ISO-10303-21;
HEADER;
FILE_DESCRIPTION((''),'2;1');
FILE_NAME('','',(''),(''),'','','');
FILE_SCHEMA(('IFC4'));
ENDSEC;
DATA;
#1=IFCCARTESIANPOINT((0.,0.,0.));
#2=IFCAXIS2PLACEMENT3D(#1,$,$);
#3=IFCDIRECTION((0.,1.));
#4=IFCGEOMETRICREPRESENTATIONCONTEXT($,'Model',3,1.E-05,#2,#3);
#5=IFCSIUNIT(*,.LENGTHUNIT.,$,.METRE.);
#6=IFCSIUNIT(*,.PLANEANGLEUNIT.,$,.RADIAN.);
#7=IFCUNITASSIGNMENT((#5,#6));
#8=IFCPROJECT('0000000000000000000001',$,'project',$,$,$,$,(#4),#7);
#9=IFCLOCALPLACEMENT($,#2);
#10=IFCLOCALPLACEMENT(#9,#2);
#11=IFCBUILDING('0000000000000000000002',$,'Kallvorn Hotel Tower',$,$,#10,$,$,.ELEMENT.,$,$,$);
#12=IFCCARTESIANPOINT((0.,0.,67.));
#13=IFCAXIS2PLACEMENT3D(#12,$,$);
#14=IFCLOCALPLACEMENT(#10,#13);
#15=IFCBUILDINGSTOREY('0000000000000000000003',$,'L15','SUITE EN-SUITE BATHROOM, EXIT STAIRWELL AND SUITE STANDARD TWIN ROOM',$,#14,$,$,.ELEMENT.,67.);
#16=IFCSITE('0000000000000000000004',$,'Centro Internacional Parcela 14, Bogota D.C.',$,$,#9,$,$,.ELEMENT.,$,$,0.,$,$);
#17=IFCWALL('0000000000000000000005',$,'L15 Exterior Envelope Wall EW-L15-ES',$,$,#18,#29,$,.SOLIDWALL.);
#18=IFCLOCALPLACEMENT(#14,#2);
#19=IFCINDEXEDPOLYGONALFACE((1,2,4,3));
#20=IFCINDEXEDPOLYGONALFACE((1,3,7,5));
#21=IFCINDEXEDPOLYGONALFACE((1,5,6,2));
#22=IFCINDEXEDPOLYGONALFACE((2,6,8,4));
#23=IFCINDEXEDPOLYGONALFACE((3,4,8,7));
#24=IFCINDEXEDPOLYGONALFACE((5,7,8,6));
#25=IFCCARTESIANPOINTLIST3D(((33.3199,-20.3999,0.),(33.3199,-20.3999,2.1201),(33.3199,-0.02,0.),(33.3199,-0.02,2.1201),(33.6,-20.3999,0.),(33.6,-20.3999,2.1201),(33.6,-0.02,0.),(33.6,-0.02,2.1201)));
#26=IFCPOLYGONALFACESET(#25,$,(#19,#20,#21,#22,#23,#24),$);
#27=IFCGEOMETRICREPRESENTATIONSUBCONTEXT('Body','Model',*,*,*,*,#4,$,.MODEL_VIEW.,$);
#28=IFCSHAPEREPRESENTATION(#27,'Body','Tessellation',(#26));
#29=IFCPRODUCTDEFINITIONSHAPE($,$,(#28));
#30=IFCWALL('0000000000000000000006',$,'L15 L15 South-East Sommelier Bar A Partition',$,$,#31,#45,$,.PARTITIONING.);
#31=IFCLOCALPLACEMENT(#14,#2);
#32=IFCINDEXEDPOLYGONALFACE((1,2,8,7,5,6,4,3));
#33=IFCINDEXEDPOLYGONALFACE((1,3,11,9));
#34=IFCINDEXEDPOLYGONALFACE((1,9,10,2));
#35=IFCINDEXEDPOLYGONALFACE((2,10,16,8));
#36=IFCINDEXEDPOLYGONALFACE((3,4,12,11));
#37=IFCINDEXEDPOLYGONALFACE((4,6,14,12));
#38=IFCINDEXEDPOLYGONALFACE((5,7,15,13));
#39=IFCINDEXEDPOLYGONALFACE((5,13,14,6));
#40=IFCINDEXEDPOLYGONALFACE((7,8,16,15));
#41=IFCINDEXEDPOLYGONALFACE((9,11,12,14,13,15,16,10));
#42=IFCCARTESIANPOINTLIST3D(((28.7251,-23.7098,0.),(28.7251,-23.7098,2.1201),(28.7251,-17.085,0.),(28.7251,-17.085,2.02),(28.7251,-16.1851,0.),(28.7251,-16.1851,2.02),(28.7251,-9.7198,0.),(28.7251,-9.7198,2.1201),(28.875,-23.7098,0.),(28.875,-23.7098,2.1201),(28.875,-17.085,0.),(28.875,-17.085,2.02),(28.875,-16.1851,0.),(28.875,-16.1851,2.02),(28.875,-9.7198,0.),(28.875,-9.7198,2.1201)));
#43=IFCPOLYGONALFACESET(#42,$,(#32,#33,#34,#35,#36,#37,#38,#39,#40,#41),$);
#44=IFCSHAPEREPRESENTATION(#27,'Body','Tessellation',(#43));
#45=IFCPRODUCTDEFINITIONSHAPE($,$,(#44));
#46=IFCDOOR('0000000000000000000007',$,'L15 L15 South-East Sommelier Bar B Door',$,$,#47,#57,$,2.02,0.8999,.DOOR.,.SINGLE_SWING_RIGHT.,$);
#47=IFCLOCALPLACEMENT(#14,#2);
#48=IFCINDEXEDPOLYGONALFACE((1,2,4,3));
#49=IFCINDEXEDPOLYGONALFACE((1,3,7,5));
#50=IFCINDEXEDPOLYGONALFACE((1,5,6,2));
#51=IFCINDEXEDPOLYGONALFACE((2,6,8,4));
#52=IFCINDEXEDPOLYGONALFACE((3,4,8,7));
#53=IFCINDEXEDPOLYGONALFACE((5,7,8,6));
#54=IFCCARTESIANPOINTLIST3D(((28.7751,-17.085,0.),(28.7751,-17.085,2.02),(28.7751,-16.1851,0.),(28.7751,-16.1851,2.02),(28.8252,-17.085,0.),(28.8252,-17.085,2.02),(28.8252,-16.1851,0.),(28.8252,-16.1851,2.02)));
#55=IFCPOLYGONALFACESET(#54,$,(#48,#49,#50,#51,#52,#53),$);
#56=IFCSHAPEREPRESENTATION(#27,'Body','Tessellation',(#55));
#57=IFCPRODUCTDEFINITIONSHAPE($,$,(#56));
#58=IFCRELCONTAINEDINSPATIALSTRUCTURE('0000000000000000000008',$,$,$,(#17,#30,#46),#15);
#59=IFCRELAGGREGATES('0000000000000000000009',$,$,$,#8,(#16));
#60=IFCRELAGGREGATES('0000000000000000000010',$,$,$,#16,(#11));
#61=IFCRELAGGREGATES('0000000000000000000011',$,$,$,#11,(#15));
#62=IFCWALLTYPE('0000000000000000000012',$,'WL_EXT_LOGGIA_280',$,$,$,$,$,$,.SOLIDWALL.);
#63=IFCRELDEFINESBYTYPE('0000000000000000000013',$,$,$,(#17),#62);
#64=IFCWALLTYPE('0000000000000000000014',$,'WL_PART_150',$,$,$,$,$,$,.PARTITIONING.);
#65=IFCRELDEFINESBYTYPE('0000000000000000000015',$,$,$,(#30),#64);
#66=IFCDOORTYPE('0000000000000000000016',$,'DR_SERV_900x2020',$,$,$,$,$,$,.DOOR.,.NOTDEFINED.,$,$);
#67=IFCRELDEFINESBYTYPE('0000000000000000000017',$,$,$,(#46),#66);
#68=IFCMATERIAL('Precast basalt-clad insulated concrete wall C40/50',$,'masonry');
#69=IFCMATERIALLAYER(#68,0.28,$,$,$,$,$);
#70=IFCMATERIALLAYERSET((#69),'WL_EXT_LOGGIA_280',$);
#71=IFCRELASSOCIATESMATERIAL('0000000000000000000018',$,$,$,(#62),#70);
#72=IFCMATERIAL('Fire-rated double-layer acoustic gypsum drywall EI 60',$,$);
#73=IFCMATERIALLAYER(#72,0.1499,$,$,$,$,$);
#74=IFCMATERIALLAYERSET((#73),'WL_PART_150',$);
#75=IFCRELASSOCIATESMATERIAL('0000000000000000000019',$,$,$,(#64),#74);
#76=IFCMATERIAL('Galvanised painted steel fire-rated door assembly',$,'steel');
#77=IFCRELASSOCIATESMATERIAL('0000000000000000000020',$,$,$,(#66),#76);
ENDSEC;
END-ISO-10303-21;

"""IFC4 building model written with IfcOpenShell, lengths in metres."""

from ifc_helpers import new_model, si_unit, direction, frame, frame_2d, origin, place, context, subcontext, project, spatial, rectangle, extrude, material, layer, layer_set, type_object, element, fill, save


model = new_model("IFC4")

# Units and contexts
model_context = context("Model", 3, precision=1e-05, world=origin(), true_north=direction((0.0, 1.0)))
body_context = subcontext(model_context, "Body", "Model", "MODEL_VIEW")
ifc_project = project(units=[si_unit("LENGTHUNIT", "METRE"), si_unit("PLANEANGLEUNIT", "RADIAN")], contexts=[model_context])

# Site, building, storey
site_placement = place(None, origin())
site = spatial("IfcSite", under=ifc_project, at=site_placement, Name="Centro Internacional Parcela 14, Bogota D.C.", CompositionType="ELEMENT", RefElevation=0.0)
building_placement = place(site_placement, origin())
building = spatial("IfcBuilding", under=site, at=building_placement, Name="Kallvorn Hotel Tower", CompositionType="ELEMENT")
storey_placement = place(building_placement, frame((0.0, 0.0, 67.0)))
storey = spatial("IfcBuildingStorey", under=building, at=storey_placement, Name="L15", Description="SUITE EN-SUITE BATHROOM, EXIT STAIRWELL AND SUITE STANDARD TWIN ROOM", CompositionType="ELEMENT", Elevation=67.0)

# Wall
ifc_material_1 = material(Name="Precast basalt-clad insulated concrete wall C40/50", Category="masonry")
ifc_layer_1 = layer(ifc_material_1, 0.28)
ifc_layer_set_1 = layer_set([ifc_layer_1], Name="WL_EXT_LOGGIA_280")
wall_type_1 = type_object("IfcWallType", Name="WL_EXT_LOGGIA_280", PredefinedType="SOLIDWALL", material=ifc_layer_set_1)
wall_1_placement = place(storey_placement, frame((33.46, -20.3999, 0.0), z_axis=(0.0, 0.0, 1.0), x_axis=(0.0, 1.0, 0.0)))
element("IfcWall", 1, at=wall_1_placement, inside=storey, type_object=wall_type_1, Name="L15 Exterior Envelope Wall EW-L15-ES", PredefinedType="SOLIDWALL", context=body_context, shape_type="SweptSolid", body=[
    extrude(rectangle(XDim=20.3799, YDim=0.28, at=frame_2d((10.1899, 0.0))), origin(), (0.0, 0.0, 1.0), 2.1201),
])

# Wall, opening, door
ifc_material_2 = material(Name="Fire-rated double-layer acoustic gypsum drywall EI 60")
ifc_layer_2 = layer(ifc_material_2, 0.1499)
ifc_layer_set_2 = layer_set([ifc_layer_2], Name="WL_PART_150")
wall_type_2 = type_object("IfcWallType", Name="WL_PART_150", PredefinedType="PARTITIONING", material=ifc_layer_set_2)
wall_2_placement = place(storey_placement, frame((28.8, -23.71, 0.0), z_axis=(0.0, 0.0, 1.0), x_axis=(0.0, 1.0, 0.0)))
wall_2 = element("IfcWall", 2, at=wall_2_placement, inside=storey, type_object=wall_type_2, Name="L15 L15 South-East Sommelier Bar A Partition", PredefinedType="PARTITIONING", context=body_context, shape_type="SweptSolid", body=[
    extrude(rectangle(XDim=13.99, YDim=0.1499, at=frame_2d((6.9951, 0.0))), origin(), (0.0, 0.0, 1.0), 2.1201),
])
opening_placement = place(wall_2_placement, frame((6.625, 0.0, 0.0)))
opening = element("IfcOpeningElement", 3, at=opening_placement, cuts=wall_2, PredefinedType="OPENING", context=body_context, shape_type="SweptSolid", body=[
    extrude(rectangle(XDim=0.8999, YDim=2.02, at=frame_2d((0.45, 1.01))), frame((0.0, 0.0898, 0.0), z_axis=(0.0, -1.0, 0.0), x_axis=(1.0, 0.0, 0.0)), (0.0, 0.0, 1.0), 0.1799),
])
ifc_material_3 = material(Name="Galvanised painted steel fire-rated door assembly", Category="steel")
door_type = type_object("IfcDoorType", Name="DR_SERV_900x2020", OperationType="NOTDEFINED", PredefinedType="DOOR", material=ifc_material_3)
door_placement = place(opening_placement, origin())
door = element("IfcDoor", 4, at=door_placement, inside=storey, type_object=door_type, Name="L15 L15 South-East Sommelier Bar B Door", OperationType="SINGLE_SWING_RIGHT", OverallHeight=2.02, OverallWidth=0.8999, PredefinedType="DOOR", context=body_context, shape_type="SweptSolid", body=[
    extrude(rectangle(XDim=0.8999, YDim=2.02, at=frame_2d((0.45, 1.01))), frame((0.0, 0.0249, 0.0), z_axis=(0.0, -1.0, 0.0), x_axis=(1.0, 0.0, 0.0)), (0.0, 0.0, 1.0), 0.05),
])
fill(opening, door)

save(model, "model.ifc")
